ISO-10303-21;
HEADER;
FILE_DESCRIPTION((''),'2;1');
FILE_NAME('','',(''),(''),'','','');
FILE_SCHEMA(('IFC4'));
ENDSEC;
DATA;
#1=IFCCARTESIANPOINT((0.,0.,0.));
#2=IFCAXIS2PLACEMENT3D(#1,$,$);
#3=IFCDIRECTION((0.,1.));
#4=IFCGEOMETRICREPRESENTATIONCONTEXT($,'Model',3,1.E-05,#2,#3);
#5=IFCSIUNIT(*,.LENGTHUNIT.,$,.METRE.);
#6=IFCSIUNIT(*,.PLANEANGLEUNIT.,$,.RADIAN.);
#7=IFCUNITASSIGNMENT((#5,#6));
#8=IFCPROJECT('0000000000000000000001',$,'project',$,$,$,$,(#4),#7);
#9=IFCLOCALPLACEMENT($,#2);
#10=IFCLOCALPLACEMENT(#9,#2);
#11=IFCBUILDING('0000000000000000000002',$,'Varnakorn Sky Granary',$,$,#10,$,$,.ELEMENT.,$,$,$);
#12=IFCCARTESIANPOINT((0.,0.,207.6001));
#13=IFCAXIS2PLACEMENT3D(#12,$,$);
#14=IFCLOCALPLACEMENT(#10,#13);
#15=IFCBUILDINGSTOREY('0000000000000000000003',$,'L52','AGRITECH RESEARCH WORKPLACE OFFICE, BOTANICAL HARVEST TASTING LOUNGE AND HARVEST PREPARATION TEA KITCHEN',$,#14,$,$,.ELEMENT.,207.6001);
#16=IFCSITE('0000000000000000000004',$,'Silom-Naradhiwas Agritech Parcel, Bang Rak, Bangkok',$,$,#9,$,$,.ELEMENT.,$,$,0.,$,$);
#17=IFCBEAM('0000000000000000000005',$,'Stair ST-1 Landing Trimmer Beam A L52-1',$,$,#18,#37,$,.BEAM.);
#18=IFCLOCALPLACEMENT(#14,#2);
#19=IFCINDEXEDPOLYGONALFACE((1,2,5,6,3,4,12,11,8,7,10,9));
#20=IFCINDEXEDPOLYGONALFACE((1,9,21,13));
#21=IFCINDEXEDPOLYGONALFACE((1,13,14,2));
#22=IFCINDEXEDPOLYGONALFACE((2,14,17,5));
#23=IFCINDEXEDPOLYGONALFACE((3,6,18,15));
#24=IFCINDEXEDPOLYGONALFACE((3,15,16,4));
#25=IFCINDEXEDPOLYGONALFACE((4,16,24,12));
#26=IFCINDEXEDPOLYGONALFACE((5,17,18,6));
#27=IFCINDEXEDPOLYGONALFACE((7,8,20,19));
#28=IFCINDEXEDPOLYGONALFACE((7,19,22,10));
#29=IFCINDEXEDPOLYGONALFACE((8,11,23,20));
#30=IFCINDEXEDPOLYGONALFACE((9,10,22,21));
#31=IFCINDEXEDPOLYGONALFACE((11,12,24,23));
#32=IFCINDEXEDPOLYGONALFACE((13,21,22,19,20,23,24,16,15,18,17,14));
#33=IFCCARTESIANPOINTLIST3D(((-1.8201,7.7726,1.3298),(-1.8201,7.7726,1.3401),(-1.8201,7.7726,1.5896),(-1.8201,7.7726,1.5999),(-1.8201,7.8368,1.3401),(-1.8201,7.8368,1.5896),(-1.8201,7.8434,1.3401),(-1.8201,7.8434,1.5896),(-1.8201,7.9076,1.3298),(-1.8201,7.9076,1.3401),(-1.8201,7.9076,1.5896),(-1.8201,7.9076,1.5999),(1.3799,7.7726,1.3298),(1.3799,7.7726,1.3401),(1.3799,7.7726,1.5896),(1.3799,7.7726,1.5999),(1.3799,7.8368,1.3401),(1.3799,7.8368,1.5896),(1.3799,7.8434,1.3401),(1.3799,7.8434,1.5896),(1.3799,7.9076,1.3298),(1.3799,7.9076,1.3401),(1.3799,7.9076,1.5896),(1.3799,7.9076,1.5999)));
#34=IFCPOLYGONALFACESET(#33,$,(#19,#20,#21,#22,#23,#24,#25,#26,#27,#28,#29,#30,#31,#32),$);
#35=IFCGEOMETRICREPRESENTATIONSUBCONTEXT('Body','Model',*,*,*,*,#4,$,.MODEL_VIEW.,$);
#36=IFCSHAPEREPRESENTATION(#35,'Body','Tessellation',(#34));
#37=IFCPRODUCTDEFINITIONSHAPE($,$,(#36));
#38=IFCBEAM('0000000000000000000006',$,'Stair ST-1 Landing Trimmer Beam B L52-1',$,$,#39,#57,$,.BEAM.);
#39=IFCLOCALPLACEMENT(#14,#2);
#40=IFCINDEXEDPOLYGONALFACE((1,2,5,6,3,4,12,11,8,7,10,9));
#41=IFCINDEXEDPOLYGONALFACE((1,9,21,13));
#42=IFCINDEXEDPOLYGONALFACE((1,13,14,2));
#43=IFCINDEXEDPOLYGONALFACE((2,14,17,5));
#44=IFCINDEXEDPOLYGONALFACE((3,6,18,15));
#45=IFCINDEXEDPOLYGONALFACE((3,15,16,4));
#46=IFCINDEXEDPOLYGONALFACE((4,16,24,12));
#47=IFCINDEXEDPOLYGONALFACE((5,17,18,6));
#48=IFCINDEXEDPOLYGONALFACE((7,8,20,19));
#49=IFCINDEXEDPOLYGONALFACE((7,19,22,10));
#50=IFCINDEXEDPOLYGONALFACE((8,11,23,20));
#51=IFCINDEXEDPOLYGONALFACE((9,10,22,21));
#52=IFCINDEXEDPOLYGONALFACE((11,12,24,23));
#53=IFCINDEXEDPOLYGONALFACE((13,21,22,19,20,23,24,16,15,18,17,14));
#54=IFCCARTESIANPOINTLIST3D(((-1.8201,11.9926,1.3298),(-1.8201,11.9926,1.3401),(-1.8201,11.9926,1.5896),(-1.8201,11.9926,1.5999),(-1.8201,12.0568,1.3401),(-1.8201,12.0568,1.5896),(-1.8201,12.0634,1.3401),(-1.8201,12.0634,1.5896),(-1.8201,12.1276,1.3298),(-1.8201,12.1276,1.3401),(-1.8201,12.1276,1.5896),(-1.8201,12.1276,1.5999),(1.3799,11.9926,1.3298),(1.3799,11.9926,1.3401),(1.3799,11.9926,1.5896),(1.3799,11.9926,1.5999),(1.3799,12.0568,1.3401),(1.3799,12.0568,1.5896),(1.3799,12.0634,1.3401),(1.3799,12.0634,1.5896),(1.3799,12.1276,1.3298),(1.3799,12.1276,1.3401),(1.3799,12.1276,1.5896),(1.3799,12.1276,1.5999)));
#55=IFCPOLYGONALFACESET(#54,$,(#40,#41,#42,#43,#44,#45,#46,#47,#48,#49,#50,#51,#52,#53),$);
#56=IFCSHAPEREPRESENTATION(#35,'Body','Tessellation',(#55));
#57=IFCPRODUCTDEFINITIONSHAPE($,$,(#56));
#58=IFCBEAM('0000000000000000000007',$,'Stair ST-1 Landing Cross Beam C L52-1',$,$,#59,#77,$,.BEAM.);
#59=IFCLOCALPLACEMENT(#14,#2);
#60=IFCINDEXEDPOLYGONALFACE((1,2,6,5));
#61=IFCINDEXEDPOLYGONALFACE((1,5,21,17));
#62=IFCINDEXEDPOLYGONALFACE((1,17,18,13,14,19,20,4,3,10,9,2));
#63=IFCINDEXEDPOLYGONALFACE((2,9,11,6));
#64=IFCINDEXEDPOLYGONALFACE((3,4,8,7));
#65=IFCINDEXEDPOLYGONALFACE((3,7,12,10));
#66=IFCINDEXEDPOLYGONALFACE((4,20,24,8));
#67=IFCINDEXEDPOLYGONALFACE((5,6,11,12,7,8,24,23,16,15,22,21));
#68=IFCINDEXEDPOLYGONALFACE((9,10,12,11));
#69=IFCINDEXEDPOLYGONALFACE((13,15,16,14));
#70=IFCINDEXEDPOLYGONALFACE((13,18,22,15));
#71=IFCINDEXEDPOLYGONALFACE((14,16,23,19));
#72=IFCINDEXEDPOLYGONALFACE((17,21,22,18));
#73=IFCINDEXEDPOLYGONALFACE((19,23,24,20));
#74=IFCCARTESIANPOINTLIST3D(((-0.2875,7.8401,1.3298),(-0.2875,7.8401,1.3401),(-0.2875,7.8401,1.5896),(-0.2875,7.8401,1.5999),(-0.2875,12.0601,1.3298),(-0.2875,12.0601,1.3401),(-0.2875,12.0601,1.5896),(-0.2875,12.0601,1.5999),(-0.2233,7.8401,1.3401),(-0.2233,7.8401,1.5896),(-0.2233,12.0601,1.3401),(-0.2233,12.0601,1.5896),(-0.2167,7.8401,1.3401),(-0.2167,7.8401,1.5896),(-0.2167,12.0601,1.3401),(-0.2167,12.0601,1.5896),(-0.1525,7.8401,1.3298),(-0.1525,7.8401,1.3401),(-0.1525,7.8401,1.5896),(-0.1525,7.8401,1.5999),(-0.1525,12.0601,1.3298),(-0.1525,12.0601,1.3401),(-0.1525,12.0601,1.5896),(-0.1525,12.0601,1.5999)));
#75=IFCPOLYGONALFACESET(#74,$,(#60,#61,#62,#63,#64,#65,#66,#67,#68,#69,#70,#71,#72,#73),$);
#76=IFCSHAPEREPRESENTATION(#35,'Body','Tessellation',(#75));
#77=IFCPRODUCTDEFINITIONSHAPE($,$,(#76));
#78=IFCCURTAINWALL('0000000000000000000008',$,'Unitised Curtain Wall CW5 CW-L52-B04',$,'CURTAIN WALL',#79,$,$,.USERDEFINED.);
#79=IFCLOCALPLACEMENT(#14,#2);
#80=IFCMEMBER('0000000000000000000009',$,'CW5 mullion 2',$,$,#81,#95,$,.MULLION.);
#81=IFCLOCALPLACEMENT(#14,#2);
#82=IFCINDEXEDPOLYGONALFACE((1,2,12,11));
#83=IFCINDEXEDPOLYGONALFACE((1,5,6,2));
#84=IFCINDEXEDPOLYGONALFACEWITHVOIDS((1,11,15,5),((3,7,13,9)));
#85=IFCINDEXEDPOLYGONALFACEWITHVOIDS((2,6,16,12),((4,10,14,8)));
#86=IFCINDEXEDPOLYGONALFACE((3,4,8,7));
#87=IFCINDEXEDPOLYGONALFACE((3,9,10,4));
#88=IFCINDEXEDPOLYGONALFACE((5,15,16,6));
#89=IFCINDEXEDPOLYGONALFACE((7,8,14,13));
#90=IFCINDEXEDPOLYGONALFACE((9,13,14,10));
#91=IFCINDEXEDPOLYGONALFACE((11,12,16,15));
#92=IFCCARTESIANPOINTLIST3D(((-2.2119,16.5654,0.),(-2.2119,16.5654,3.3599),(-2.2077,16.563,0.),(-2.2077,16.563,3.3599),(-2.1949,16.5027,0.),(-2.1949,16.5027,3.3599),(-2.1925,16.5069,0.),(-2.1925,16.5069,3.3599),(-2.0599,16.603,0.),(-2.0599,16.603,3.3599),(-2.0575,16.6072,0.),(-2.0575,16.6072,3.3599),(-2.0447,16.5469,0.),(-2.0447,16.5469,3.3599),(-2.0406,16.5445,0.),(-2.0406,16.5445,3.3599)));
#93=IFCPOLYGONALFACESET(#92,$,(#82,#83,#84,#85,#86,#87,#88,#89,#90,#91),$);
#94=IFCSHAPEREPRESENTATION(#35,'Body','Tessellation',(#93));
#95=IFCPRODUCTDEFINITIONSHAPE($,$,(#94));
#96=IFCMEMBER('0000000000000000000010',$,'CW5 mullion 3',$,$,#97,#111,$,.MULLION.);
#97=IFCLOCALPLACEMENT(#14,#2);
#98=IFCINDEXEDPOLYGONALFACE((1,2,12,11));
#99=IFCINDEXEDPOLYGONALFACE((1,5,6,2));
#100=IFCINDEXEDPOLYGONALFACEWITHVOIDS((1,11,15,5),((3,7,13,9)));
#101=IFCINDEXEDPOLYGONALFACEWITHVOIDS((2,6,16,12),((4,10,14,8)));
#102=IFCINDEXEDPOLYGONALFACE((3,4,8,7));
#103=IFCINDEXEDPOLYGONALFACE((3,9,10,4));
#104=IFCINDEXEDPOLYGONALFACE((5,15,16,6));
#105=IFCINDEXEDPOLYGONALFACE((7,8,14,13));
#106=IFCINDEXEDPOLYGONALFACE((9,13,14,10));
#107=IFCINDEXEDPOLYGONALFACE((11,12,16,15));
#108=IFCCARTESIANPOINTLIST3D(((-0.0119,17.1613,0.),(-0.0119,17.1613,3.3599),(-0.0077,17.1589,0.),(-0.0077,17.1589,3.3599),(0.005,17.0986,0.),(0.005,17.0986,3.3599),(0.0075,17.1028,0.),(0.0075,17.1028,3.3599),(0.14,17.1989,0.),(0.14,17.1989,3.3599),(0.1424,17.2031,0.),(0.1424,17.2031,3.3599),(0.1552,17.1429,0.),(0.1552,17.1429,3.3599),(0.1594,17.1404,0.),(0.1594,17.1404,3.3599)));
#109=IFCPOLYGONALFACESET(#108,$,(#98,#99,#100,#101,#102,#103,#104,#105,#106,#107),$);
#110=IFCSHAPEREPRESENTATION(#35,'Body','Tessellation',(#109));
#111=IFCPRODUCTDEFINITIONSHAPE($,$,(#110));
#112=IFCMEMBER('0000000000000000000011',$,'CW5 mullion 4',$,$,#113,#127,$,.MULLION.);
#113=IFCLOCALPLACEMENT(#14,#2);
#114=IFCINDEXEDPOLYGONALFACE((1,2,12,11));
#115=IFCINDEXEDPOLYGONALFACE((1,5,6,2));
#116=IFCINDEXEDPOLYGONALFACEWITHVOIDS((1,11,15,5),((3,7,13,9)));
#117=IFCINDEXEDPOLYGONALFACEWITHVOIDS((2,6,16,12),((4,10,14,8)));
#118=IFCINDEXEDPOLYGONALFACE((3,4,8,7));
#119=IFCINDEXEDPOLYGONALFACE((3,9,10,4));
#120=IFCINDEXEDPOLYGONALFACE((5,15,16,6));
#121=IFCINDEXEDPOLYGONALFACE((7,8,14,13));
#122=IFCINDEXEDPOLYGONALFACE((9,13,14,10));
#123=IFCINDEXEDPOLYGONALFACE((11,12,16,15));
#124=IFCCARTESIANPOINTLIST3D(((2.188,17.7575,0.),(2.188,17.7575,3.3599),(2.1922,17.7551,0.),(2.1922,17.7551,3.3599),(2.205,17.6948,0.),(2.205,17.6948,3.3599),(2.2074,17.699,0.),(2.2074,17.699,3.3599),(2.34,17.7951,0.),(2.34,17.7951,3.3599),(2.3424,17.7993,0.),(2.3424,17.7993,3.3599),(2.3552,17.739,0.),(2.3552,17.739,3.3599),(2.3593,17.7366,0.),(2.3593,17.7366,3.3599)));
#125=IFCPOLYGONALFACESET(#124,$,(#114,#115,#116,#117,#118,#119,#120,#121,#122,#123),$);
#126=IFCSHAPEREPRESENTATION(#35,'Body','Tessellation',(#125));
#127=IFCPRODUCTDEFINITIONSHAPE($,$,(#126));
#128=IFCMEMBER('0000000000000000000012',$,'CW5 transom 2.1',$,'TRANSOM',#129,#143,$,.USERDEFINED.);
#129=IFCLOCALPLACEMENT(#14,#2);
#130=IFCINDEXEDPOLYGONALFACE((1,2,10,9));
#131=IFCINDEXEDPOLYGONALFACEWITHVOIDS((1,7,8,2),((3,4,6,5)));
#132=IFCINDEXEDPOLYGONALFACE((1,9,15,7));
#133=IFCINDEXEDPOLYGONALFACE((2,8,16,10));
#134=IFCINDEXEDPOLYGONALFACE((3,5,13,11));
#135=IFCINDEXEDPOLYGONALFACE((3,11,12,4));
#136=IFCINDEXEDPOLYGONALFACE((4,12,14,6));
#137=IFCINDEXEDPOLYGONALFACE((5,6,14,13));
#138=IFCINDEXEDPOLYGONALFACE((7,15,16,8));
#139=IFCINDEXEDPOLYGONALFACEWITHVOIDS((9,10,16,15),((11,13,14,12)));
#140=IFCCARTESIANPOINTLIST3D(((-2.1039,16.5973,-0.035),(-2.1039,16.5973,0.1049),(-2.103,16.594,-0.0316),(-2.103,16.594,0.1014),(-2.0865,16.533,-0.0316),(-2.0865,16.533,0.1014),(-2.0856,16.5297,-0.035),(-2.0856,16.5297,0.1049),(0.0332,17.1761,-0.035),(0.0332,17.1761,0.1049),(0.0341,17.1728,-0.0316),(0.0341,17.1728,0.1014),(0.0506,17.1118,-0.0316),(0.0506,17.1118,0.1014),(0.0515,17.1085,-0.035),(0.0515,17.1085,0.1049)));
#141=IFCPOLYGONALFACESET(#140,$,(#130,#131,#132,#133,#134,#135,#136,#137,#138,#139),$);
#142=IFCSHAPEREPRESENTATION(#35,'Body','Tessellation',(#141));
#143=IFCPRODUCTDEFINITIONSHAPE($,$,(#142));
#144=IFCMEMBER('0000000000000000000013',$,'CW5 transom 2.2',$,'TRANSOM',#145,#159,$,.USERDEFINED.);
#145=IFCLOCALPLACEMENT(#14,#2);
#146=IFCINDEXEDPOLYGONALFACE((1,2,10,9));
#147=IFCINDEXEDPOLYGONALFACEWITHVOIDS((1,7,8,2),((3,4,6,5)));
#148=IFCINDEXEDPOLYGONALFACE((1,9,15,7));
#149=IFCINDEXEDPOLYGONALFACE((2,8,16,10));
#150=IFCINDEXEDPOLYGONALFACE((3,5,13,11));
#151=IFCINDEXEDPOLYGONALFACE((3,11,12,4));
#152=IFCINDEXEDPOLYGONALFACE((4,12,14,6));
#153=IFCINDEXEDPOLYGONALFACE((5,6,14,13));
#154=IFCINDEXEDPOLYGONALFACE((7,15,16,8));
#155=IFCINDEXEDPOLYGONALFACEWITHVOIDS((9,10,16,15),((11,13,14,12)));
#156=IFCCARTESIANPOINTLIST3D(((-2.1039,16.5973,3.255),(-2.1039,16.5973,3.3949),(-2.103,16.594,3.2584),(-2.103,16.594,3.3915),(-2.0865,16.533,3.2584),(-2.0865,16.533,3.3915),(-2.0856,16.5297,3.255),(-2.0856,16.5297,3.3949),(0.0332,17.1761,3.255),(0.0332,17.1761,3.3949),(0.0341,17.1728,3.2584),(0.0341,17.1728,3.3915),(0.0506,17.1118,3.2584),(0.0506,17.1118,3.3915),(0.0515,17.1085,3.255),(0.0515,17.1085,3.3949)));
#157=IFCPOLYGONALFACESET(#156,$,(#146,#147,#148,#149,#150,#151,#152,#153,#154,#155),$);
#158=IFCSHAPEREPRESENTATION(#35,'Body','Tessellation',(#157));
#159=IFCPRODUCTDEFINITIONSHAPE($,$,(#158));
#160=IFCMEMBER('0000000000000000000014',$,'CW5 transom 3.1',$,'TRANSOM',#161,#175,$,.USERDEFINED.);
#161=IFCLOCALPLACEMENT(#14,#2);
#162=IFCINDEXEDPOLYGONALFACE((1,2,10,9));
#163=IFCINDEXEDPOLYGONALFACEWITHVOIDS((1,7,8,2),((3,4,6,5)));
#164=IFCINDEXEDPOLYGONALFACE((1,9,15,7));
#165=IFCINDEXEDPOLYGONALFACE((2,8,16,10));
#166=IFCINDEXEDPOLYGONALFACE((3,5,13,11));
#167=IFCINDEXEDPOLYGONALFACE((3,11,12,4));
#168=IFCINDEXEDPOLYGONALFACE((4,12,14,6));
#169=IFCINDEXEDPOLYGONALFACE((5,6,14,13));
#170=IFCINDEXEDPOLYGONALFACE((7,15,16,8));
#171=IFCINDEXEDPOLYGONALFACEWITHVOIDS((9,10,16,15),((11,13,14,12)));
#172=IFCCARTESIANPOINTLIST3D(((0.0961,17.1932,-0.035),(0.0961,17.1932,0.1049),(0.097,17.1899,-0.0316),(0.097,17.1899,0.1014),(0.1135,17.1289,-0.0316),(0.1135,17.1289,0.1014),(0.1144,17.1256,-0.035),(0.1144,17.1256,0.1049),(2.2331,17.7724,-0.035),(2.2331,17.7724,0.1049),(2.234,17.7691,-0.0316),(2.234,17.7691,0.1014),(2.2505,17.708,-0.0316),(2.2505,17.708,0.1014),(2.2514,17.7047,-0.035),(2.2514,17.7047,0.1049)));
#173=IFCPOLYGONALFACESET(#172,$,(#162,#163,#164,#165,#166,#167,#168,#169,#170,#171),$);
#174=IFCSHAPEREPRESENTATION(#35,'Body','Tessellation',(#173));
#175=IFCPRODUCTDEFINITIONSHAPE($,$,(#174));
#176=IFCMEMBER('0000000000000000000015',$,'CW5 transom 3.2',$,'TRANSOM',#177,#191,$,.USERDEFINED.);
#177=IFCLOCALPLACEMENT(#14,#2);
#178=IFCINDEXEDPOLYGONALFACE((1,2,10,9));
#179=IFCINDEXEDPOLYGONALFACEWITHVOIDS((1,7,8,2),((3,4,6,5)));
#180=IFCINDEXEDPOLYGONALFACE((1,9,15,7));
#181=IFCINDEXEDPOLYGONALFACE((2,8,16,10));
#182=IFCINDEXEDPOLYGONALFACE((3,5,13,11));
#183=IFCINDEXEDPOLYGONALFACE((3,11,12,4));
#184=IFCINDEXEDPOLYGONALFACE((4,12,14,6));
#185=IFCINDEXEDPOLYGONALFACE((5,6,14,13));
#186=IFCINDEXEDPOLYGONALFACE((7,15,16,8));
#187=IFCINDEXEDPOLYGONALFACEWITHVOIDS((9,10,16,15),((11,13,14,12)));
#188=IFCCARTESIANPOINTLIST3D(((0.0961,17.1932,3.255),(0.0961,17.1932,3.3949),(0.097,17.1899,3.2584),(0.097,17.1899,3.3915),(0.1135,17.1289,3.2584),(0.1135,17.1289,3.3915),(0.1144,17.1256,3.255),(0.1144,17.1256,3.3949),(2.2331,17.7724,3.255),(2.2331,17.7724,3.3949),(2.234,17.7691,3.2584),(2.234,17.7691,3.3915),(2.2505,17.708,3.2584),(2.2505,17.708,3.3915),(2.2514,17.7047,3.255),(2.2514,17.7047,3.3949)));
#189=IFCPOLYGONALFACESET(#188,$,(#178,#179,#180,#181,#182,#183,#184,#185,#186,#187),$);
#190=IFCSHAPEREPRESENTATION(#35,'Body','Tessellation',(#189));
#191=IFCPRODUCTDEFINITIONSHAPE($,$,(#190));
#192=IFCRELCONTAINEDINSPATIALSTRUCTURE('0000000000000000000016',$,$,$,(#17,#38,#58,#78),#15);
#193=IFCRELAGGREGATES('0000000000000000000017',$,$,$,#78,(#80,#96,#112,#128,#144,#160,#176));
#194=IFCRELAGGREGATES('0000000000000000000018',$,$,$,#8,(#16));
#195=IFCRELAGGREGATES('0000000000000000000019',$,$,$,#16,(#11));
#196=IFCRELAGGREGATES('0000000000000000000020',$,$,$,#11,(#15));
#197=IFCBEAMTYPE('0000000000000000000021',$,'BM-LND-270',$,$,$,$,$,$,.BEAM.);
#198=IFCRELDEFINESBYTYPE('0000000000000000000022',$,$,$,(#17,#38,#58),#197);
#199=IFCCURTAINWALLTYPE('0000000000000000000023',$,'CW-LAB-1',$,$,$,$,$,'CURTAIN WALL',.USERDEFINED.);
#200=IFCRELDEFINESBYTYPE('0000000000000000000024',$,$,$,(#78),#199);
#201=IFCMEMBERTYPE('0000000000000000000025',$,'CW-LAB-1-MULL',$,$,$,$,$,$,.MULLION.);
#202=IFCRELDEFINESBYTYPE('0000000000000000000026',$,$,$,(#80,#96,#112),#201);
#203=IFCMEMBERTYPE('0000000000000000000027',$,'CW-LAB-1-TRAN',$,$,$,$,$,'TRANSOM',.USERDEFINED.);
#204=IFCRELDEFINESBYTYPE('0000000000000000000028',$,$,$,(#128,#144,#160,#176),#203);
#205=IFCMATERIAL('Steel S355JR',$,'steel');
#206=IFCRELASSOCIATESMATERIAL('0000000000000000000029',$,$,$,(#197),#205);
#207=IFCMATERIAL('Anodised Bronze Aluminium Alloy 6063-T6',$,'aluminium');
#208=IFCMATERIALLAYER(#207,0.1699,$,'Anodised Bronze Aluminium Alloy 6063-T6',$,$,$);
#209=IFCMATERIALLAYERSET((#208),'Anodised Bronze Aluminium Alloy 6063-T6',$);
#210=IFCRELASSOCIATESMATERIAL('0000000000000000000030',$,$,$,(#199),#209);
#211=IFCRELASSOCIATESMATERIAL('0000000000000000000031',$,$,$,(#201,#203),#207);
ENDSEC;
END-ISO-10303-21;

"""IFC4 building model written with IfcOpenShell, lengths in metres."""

from ifc_helpers import new_model, si_unit, direction, frame, origin, origin_2d, place, context, subcontext, project, spatial, hollow_rectangle, i_section, extrude, material, layer, layer_set, material_profile, profile_set, type_object, element, aggregate, save


model = new_model("IFC4")

# Units and contexts
model_context = context("Model", 3, precision=1e-05, world=origin(), true_north=direction((0.0, 1.0)))
body_context = subcontext(model_context, "Body", "Model", "MODEL_VIEW")
ifc_project = project(units=[si_unit("LENGTHUNIT", "METRE"), si_unit("PLANEANGLEUNIT", "RADIAN")], contexts=[model_context])

# Site, building, storey
site_placement = place(None, origin())
site = spatial("IfcSite", under=ifc_project, at=site_placement, Name="Silom-Naradhiwas Agritech Parcel, Bang Rak, Bangkok", CompositionType="ELEMENT", RefElevation=0.0)
building_placement = place(site_placement, origin())
building = spatial("IfcBuilding", under=site, at=building_placement, Name="Varnakorn Sky Granary", CompositionType="ELEMENT")
storey_placement = place(building_placement, frame((0.0, 0.0, 207.6001)))
storey = spatial("IfcBuildingStorey", under=building, at=storey_placement, Name="L52", Description="AGRITECH RESEARCH WORKPLACE OFFICE, BOTANICAL HARVEST TASTING LOUNGE AND HARVEST PREPARATION TEA KITCHEN", CompositionType="ELEMENT", Elevation=207.6001)

# Beams
ifc_material_1 = material(Name="Steel S355JR", Category="steel")
ifc_material_profile_1 = material_profile(ifc_material_1, i_section(OverallWidth=0.135, OverallDepth=0.27, WebThickness=0.0066, FlangeThickness=0.0103, at=origin_2d()), Name="IPE 270")
ifc_profile_set_1 = profile_set([ifc_material_profile_1], Name="Steel S355JR")
beam_type = type_object("IfcBeamType", Name="BM-LND-270", PredefinedType="BEAM", material=ifc_profile_set_1)
for number, where, z_axis, x_axis, name in (
    (1, (-1.8201, 7.8401, 1.4648), (1.0, 0.0, 0.0), (0.0, 1.0, 0.0), "Stair ST-1 Landing Trimmer Beam A L52-1"),
    (2, (-1.8201, 12.0601, 1.4648), (1.0, 0.0, 0.0), (0.0, 1.0, 0.0), "Stair ST-1 Landing Trimmer Beam B L52-1"),
):
    element("IfcBeam", number, at=place(storey_placement, frame(where, z_axis=z_axis, x_axis=x_axis)), inside=storey, type_object=beam_type, Name=name, PredefinedType="BEAM", context=body_context, shape_type="SweptSolid", body=[
        extrude(i_section(OverallWidth=0.135, OverallDepth=0.27, WebThickness=0.0066, FlangeThickness=0.0103, at=origin_2d()), origin(), (0.0, 0.0, 1.0), 3.2),
    ])
beam_placement = place(storey_placement, frame((-0.22, 7.8401, 1.4648), z_axis=(0.0, 1.0, 0.0), x_axis=(-1.0, 0.0, 0.0)))
element("IfcBeam", 3, at=beam_placement, inside=storey, type_object=beam_type, Name="Stair ST-1 Landing Cross Beam C L52-1", PredefinedType="BEAM", context=body_context, shape_type="SweptSolid", body=[
    extrude(i_section(OverallWidth=0.135, OverallDepth=0.27, WebThickness=0.0066, FlangeThickness=0.0103, at=origin_2d()), origin(), (0.0, 0.0, 1.0), 4.22),
])

# Curtain wall, members
ifc_material_2 = material(Name="Anodised Bronze Aluminium Alloy 6063-T6", Category="aluminium")
ifc_layer_1 = layer(ifc_material_2, 0.1699, Name="Anodised Bronze Aluminium Alloy 6063-T6")
ifc_layer_set_1 = layer_set([ifc_layer_1], Name="Anodised Bronze Aluminium Alloy 6063-T6")
curtain_wall_type = type_object("IfcCurtainWallType", Name="CW-LAB-1", ElementType="CURTAIN WALL", PredefinedType="USERDEFINED", material=ifc_layer_set_1)
curtain_wall_placement = place(storey_placement, origin())
curtain_wall = element("IfcCurtainWall", 4, at=curtain_wall_placement, inside=storey, type_object=curtain_wall_type, Name="Unitised Curtain Wall CW5 CW-L52-B04", ObjectType="CURTAIN WALL", PredefinedType="USERDEFINED")
ifc_material_profile_2 = material_profile(ifc_material_2, hollow_rectangle(XDim=0.0649, YDim=0.1599, WallThickness=0.0034, at=origin_2d()), Name="ALU MULL 65x160")
ifc_profile_set_2 = profile_set([ifc_material_profile_2], Name="Anodised Bronze Aluminium Alloy 6063-T6")
member_type_1 = type_object("IfcMemberType", Name="CW-LAB-1-MULL", PredefinedType="MULLION", material=ifc_profile_set_2)
member_1_placement = place(storey_placement, frame((-2.1262, 16.5549, 0.0), z_axis=(0.0, 0.0, 1.0), x_axis=(-0.261502, 0.965203, 0.0)))
member_1 = element("IfcMember", 5, at=member_1_placement, type_object=member_type_1, Name="CW5 mullion 2", PredefinedType="MULLION", context=body_context, shape_type="SweptSolid", body=[
    extrude(hollow_rectangle(XDim=0.0649, YDim=0.1599, WallThickness=0.0034, at=origin_2d()), origin(), (0.0, 0.0, 1.0), 3.3599),
])
member_2_placement = place(storey_placement, frame((0.0737, 17.1509, 0.0), z_axis=(0.0, 0.0, 1.0), x_axis=(-0.261502, 0.965203, 0.0)))
member_2 = element("IfcMember", 6, at=member_2_placement, type_object=member_type_1, Name="CW5 mullion 3", PredefinedType="MULLION", context=body_context, shape_type="SweptSolid", body=[
    extrude(hollow_rectangle(XDim=0.0649, YDim=0.1599, WallThickness=0.0034, at=origin_2d()), origin(), (0.0, 0.0, 1.0), 3.3599),
])
member_3_placement = place(storey_placement, frame((2.2737, 17.7471, 0.0), z_axis=(0.0, 0.0, 1.0), x_axis=(-0.261502, 0.965203, 0.0)))
member_3 = element("IfcMember", 7, at=member_3_placement, type_object=member_type_1, Name="CW5 mullion 4", PredefinedType="MULLION", context=body_context, shape_type="SweptSolid", body=[
    extrude(hollow_rectangle(XDim=0.0649, YDim=0.1599, WallThickness=0.0034, at=origin_2d()), origin(), (0.0, 0.0, 1.0), 3.3599),
])
ifc_material_profile_3 = material_profile(ifc_material_2, hollow_rectangle(XDim=0.0701, YDim=0.1399, WallThickness=0.0034, at=origin_2d()), Name="ALU TRAN 70x140")
ifc_profile_set_3 = profile_set([ifc_material_profile_3], Name="Anodised Bronze Aluminium Alloy 6063-T6")
member_type_2 = type_object("IfcMemberType", Name="CW-LAB-1-TRAN", ElementType="TRANSOM", PredefinedType="USERDEFINED", material=ifc_profile_set_3)
member_4_placement = place(storey_placement, frame((-2.0947, 16.5635, 0.0349), z_axis=(0.965223, 0.261428, 0.0), x_axis=(-0.261428, 0.965223, 0.0)))
member_4 = element("IfcMember", 8, at=member_4_placement, type_object=member_type_2, Name="CW5 transom 2.1", ObjectType="TRANSOM", PredefinedType="USERDEFINED", context=body_context, shape_type="SweptSolid", body=[
    extrude(hollow_rectangle(XDim=0.0701, YDim=0.1399, WallThickness=0.0034, at=origin_2d()), origin(), (0.0, 0.0, 1.0), 2.2141),
])
member_5_placement = place(storey_placement, frame((-2.0947, 16.5635, 3.325), z_axis=(0.965223, 0.261428, 0.0), x_axis=(-0.261428, 0.965223, 0.0)))
member_5 = element("IfcMember", 9, at=member_5_placement, type_object=member_type_2, Name="CW5 transom 2.2", ObjectType="TRANSOM", PredefinedType="USERDEFINED", context=body_context, shape_type="SweptSolid", body=[
    extrude(hollow_rectangle(XDim=0.0701, YDim=0.1399, WallThickness=0.0034, at=origin_2d()), origin(), (0.0, 0.0, 1.0), 2.2141),
])
member_6_placement = place(storey_placement, frame((0.1052, 17.1594, 0.0349), z_axis=(0.965188, 0.261559, 0.0), x_axis=(-0.261559, 0.965188, 0.0)))
member_6 = element("IfcMember", 10, at=member_6_placement, type_object=member_type_2, Name="CW5 transom 3.1", ObjectType="TRANSOM", PredefinedType="USERDEFINED", context=body_context, shape_type="SweptSolid", body=[
    extrude(hollow_rectangle(XDim=0.0701, YDim=0.1399, WallThickness=0.0034, at=origin_2d()), origin(), (0.0, 0.0, 1.0), 2.2141),
])
member_7_placement = place(storey_placement, frame((0.1052, 17.1594, 3.325), z_axis=(0.965188, 0.261559, 0.0), x_axis=(-0.261559, 0.965188, 0.0)))
member_7 = element("IfcMember", 11, at=member_7_placement, type_object=member_type_2, Name="CW5 transom 3.2", ObjectType="TRANSOM", PredefinedType="USERDEFINED", context=body_context, shape_type="SweptSolid", body=[
    extrude(hollow_rectangle(XDim=0.0701, YDim=0.1399, WallThickness=0.0034, at=origin_2d()), origin(), (0.0, 0.0, 1.0), 2.2141),
])

aggregate(curtain_wall, [member_1, member_2, member_3, member_4, member_5, member_6, member_7])

save(model, "model.ifc")
